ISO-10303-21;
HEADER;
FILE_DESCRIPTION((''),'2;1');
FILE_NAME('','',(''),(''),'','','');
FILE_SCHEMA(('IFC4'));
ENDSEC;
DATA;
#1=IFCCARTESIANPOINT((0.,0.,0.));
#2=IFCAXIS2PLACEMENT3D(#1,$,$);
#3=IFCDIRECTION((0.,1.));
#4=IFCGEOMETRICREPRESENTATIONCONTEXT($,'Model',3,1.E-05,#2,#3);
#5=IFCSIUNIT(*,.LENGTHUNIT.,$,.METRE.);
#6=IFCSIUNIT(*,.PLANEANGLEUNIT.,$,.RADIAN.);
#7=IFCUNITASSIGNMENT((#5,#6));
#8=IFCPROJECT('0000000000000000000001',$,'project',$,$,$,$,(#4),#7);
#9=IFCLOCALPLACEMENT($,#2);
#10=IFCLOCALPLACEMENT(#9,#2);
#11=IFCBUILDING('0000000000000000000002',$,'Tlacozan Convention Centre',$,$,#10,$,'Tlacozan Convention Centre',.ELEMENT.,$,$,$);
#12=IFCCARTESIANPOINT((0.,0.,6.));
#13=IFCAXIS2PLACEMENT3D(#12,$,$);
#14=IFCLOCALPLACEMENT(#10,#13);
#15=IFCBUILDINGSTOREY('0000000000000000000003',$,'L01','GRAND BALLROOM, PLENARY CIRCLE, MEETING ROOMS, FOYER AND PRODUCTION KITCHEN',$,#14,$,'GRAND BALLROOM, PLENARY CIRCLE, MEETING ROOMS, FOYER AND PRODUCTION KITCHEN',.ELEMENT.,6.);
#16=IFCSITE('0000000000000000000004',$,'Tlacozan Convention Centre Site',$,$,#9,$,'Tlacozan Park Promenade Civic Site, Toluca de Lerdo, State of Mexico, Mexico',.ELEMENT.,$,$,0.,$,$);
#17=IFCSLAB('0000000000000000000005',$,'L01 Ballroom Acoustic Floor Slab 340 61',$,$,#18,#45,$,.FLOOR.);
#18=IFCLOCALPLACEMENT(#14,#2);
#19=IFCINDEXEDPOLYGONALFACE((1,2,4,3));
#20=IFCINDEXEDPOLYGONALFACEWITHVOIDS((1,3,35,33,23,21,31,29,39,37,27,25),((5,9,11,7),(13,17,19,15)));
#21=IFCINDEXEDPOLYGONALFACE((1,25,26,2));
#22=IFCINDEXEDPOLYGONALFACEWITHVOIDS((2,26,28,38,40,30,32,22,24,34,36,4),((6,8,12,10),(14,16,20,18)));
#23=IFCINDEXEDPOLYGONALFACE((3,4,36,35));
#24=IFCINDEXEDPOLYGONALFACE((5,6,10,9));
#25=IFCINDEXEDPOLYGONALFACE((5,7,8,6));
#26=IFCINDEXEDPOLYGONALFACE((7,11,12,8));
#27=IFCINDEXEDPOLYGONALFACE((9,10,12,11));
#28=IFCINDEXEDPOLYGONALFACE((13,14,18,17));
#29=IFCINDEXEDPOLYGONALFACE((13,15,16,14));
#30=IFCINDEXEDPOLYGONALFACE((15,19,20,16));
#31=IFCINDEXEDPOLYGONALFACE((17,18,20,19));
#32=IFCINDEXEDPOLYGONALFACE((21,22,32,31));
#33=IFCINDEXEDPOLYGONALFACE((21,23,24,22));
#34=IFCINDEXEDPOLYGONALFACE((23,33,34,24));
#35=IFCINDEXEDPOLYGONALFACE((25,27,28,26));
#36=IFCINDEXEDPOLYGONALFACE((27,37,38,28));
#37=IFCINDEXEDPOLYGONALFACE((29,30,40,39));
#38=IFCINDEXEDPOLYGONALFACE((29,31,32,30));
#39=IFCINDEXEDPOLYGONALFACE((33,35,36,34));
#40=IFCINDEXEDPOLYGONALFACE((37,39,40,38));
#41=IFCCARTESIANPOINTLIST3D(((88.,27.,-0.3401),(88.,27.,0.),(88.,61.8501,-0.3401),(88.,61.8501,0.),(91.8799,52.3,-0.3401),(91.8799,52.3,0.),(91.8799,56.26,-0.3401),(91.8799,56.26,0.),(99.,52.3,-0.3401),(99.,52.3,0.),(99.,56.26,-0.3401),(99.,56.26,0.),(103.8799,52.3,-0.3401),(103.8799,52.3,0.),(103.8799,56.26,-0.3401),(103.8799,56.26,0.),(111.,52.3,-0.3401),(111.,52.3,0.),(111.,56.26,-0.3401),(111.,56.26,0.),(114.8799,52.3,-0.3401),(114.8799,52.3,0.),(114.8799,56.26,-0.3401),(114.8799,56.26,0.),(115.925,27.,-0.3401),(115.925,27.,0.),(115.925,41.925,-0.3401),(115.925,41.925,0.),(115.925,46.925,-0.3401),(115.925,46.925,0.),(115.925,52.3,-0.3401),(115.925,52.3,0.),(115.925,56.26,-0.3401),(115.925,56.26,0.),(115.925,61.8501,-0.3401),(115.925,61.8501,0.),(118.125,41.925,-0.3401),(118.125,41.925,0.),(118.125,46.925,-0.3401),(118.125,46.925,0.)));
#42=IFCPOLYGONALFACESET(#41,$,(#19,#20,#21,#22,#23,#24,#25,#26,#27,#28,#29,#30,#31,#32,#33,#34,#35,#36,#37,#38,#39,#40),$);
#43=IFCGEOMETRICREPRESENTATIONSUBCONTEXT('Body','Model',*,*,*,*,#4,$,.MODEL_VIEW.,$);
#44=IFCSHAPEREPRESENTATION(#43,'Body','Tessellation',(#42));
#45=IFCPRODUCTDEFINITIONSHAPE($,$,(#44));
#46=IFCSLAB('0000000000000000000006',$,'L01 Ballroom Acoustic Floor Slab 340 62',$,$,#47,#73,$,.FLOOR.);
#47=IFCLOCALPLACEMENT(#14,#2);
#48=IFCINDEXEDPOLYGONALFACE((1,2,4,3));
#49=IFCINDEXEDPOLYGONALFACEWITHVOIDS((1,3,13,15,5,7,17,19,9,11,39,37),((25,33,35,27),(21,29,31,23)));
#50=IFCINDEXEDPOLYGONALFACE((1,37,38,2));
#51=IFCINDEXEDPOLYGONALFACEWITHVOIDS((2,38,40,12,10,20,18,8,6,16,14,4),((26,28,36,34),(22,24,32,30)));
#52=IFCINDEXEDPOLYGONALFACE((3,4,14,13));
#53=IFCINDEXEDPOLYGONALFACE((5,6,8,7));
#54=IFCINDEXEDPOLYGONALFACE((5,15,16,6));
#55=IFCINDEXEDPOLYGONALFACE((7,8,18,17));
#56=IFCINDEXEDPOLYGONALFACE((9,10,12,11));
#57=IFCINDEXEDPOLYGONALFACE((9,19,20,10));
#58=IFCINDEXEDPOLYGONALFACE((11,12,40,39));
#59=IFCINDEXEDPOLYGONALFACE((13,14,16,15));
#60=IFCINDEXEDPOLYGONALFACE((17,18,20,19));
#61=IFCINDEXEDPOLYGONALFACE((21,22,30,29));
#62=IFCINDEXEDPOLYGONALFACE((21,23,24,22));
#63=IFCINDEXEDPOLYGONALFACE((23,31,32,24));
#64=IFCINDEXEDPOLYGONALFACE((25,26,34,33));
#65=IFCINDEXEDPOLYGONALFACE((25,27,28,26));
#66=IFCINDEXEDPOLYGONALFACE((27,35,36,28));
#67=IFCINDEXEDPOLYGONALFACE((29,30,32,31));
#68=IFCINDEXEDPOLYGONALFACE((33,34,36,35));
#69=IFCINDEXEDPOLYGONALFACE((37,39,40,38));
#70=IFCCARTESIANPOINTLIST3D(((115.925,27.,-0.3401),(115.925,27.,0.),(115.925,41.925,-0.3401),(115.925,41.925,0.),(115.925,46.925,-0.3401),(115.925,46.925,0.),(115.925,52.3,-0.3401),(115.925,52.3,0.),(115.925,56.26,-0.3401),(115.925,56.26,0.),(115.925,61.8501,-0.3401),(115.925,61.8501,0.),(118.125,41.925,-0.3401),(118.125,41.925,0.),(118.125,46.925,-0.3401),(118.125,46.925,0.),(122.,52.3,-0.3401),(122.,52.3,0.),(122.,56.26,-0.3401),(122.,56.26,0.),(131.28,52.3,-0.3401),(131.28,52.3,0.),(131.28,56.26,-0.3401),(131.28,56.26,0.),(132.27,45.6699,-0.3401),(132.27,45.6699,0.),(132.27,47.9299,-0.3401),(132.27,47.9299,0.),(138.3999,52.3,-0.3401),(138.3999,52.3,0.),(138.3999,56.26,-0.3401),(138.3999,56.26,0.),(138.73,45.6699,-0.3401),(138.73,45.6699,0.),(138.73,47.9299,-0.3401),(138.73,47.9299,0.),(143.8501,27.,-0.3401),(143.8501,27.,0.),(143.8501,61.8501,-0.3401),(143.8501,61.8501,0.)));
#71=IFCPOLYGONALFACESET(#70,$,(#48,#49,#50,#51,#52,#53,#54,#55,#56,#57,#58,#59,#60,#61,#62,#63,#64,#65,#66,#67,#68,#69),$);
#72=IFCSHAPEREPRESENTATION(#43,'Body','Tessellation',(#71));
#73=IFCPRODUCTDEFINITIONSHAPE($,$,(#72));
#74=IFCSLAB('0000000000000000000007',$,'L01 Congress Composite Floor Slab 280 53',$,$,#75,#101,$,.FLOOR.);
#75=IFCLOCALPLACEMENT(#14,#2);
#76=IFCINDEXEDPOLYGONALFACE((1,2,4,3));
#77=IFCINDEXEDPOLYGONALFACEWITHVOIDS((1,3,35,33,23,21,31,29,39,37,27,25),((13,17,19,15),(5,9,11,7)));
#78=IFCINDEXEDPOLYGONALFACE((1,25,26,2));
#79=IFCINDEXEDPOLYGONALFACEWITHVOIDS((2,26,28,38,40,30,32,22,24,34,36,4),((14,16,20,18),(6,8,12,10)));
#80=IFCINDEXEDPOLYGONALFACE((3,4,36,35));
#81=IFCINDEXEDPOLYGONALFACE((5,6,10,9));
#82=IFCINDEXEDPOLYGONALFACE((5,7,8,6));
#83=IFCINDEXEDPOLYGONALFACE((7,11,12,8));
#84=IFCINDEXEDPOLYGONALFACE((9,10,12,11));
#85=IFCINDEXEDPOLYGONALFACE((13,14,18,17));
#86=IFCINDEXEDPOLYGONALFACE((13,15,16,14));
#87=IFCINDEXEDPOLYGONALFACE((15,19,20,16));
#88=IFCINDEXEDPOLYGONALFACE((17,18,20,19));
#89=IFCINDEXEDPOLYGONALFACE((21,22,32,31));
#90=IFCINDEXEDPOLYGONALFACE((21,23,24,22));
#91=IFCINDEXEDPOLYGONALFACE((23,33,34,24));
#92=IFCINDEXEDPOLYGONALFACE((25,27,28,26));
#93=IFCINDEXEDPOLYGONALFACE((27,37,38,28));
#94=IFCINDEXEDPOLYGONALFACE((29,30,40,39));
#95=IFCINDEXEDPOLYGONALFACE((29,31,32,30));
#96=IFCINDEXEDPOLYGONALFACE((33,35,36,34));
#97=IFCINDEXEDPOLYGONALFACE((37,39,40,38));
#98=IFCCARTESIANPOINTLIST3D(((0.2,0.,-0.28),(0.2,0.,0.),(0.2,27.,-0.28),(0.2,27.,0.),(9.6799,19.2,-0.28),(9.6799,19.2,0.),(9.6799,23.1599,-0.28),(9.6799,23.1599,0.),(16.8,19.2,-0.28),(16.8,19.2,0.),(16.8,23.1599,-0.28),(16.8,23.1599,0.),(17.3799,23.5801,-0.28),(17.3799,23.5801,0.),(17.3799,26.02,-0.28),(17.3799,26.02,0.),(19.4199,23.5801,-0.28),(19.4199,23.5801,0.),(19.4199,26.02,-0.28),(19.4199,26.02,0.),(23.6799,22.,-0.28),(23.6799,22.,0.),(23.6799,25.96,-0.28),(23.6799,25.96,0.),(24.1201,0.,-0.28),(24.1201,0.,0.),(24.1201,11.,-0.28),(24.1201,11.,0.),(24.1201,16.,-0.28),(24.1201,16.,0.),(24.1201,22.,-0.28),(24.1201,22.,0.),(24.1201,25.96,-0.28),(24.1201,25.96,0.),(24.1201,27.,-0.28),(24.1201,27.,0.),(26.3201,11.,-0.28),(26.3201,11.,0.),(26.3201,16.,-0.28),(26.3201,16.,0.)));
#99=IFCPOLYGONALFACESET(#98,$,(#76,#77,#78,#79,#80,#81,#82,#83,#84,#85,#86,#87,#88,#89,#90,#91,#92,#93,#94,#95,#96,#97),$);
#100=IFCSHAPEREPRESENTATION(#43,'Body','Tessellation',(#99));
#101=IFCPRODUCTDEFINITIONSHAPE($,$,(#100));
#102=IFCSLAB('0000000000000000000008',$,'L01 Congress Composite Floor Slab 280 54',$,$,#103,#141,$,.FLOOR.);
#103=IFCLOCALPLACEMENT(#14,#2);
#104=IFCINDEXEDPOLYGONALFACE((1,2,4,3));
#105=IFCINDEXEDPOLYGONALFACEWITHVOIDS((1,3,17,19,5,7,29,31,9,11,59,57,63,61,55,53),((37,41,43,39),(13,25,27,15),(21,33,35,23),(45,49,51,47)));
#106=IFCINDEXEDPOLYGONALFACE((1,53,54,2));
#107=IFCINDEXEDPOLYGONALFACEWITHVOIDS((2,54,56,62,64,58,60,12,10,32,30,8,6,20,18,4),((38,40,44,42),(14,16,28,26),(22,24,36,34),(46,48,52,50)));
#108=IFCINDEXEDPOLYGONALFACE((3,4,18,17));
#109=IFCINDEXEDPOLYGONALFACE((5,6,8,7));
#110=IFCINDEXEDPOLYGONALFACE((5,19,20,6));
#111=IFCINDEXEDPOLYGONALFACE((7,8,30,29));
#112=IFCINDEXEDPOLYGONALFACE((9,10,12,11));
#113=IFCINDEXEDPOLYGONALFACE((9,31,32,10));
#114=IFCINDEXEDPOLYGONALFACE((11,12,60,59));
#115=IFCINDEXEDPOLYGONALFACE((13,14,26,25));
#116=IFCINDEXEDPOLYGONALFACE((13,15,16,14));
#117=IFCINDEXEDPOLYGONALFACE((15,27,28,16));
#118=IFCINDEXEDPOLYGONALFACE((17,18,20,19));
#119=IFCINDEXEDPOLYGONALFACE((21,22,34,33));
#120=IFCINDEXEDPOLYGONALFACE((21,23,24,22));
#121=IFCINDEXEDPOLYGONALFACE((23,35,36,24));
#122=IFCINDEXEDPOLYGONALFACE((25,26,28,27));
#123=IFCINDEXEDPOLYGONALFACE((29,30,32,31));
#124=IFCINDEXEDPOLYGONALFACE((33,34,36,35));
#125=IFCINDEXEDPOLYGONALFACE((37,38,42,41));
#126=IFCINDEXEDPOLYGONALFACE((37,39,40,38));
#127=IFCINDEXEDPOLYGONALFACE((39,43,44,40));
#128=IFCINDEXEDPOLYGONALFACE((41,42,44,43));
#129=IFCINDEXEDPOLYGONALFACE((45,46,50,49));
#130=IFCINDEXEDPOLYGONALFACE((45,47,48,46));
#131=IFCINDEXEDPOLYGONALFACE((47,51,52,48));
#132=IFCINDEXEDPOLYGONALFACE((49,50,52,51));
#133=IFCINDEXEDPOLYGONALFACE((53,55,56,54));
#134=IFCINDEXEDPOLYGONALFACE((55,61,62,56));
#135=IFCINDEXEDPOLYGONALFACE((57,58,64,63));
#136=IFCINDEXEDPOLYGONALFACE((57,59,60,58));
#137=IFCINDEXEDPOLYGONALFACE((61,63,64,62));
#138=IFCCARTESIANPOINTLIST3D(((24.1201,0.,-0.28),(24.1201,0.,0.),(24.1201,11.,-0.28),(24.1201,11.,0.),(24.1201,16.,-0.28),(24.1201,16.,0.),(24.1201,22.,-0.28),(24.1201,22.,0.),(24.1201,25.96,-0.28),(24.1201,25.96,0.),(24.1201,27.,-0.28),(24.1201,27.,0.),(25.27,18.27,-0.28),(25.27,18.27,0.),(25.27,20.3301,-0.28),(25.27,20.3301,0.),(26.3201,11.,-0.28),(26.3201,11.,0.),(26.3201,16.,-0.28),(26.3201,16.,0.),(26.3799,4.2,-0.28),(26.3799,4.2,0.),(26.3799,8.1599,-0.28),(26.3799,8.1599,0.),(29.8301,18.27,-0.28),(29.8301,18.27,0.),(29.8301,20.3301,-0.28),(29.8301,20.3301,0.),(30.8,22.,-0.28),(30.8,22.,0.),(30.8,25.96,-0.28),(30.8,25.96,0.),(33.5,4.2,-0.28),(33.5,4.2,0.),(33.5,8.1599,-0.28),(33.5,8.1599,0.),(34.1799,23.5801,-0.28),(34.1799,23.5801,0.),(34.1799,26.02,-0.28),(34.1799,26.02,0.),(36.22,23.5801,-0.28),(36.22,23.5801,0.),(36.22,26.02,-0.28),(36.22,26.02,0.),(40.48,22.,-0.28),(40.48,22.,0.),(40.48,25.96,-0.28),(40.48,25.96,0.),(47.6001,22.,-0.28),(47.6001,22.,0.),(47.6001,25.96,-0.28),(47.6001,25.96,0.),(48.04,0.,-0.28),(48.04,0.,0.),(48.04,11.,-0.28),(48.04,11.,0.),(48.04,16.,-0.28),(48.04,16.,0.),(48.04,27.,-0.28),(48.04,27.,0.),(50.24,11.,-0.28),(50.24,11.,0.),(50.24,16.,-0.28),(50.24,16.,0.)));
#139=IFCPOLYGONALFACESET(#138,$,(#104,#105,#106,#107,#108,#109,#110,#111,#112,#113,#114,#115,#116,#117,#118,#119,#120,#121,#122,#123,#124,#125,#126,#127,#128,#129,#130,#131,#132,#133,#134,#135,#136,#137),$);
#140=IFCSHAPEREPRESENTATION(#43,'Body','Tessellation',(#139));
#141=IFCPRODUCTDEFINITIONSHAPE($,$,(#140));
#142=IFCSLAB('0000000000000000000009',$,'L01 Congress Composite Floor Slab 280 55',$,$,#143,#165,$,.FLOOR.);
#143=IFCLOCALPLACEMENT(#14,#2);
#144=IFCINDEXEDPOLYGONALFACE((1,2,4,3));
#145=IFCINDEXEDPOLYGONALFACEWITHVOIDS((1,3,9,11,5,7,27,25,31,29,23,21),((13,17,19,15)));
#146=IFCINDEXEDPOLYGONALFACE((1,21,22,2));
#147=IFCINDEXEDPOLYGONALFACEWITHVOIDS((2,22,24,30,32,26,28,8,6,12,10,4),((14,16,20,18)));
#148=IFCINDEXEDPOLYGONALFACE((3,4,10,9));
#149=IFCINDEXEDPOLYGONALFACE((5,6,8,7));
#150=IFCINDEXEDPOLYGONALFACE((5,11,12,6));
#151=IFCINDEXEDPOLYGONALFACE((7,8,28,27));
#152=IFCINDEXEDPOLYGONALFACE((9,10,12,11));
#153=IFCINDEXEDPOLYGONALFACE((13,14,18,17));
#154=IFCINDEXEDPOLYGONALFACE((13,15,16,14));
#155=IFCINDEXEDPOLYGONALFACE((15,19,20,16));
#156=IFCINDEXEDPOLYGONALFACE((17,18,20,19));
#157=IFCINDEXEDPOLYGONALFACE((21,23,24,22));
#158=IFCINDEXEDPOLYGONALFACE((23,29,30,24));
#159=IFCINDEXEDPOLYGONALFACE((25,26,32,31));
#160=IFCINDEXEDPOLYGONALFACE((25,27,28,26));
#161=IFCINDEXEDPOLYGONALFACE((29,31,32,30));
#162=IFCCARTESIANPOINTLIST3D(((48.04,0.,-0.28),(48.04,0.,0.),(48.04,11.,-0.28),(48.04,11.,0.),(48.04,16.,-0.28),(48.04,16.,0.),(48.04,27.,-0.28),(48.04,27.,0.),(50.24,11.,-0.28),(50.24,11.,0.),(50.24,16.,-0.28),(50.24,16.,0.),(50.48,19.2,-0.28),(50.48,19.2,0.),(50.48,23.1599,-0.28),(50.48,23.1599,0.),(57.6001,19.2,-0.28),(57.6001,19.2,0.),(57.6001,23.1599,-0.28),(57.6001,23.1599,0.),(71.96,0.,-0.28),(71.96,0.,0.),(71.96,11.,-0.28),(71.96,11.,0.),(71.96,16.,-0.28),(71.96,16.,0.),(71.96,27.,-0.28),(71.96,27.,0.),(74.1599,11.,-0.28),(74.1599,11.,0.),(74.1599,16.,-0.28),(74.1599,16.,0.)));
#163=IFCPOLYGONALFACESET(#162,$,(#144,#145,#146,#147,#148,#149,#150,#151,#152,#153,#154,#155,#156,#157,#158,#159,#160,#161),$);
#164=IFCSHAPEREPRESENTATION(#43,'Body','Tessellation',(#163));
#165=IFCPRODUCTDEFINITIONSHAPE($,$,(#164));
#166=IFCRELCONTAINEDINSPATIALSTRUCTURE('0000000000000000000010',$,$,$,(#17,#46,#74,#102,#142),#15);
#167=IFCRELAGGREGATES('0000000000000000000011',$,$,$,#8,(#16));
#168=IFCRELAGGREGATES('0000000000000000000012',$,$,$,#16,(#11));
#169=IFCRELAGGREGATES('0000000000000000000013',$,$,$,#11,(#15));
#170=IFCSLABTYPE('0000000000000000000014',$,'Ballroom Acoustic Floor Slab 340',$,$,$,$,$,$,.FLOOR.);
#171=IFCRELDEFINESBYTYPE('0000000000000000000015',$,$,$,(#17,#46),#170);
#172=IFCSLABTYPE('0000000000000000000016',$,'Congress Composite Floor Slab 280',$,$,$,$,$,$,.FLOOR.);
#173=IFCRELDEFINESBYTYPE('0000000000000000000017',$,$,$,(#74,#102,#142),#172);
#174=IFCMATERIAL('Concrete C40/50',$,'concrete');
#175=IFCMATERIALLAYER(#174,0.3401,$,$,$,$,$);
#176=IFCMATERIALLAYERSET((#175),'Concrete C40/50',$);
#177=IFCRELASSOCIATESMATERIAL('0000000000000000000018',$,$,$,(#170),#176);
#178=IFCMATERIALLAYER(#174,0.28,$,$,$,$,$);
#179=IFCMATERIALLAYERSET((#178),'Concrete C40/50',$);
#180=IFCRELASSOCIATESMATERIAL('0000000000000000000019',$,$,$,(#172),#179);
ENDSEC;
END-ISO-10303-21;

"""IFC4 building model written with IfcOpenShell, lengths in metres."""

from ifc_helpers import new_model, si_unit, direction, frame, origin, place, context, subcontext, project, spatial, polyline, outline, extrude, material, layer, layer_set, type_object, element, save


model = new_model("IFC4")

# Units and contexts
model_context = context("Model", 3, precision=1e-05, world=origin(), true_north=direction((0.0, 1.0)))
body_context = subcontext(model_context, "Body", "Model", "MODEL_VIEW")
ifc_project = project(units=[si_unit("LENGTHUNIT", "METRE"), si_unit("PLANEANGLEUNIT", "RADIAN")], contexts=[model_context])

# Site, building, storey
site_placement = place(None, origin())
site = spatial("IfcSite", under=ifc_project, at=site_placement, Name="Tlacozan Convention Centre Site", LongName="Tlacozan Park Promenade Civic Site, Toluca de Lerdo, State of Mexico, Mexico", CompositionType="ELEMENT", RefElevation=0.0)
building_placement = place(site_placement, origin())
building = spatial("IfcBuilding", under=site, at=building_placement, Name="Tlacozan Convention Centre", LongName="Tlacozan Convention Centre", CompositionType="ELEMENT")
storey_placement = place(building_placement, frame((0.0, 0.0, 6.0)))
storey = spatial("IfcBuildingStorey", under=building, at=storey_placement, Name="L01", Description="GRAND BALLROOM, PLENARY CIRCLE, MEETING ROOMS, FOYER AND PRODUCTION KITCHEN", LongName="GRAND BALLROOM, PLENARY CIRCLE, MEETING ROOMS, FOYER AND PRODUCTION KITCHEN", CompositionType="ELEMENT", Elevation=6.0)

# Slabs
ifc_material_1 = material(Name="Concrete C40/50", Category="concrete")
ifc_layer_1 = layer(ifc_material_1, 0.3401)
ifc_layer_set_1 = layer_set([ifc_layer_1], Name="Concrete C40/50")
slab_type_1 = type_object("IfcSlabType", Name="Ballroom Acoustic Floor Slab 340", PredefinedType="FLOOR", material=ifc_layer_set_1)
slab_1_placement = place(storey_placement, frame((0.0, 0.0, -0.3401)))
element("IfcSlab", 1, at=slab_1_placement, inside=storey, type_object=slab_type_1, Name="L01 Ballroom Acoustic Floor Slab 340 61", PredefinedType="FLOOR", context=body_context, shape_type="SweptSolid", body=[
    extrude(outline(polyline([(88.0, 27.0), (88.0, 61.8501), (115.925, 61.8501), (115.925, 56.26), (114.8799, 56.26), (114.8799, 52.3), (115.925, 52.3), (115.925, 46.925), (118.125, 46.925), (118.125, 41.925), (115.925, 41.925), (115.925, 27.0), (88.0, 27.0)]), holes=[polyline([(91.8799, 52.3), (99.0, 52.3), (99.0, 56.26), (91.8799, 56.26), (91.8799, 52.3)]), polyline([(103.8799, 52.3), (111.0, 52.3), (111.0, 56.26), (103.8799, 56.26), (103.8799, 52.3)])]), origin(), (0.0, 0.0, 1.0), 0.3401),
])
slab_2_placement = place(storey_placement, frame((0.0, 0.0, -0.3401)))
element("IfcSlab", 2, at=slab_2_placement, inside=storey, type_object=slab_type_1, Name="L01 Ballroom Acoustic Floor Slab 340 62", PredefinedType="FLOOR", context=body_context, shape_type="SweptSolid", body=[
    extrude(outline(polyline([(143.8501, 61.8501), (143.8501, 27.0), (115.925, 27.0), (115.925, 41.925), (118.125, 41.925), (118.125, 46.925), (115.925, 46.925), (115.925, 52.3), (122.0, 52.3), (122.0, 56.26), (115.925, 56.26), (115.925, 61.8501), (143.8501, 61.8501)]), holes=[polyline([(138.73, 47.9299), (132.27, 47.9299), (132.27, 45.6699), (138.73, 45.6699), (138.73, 47.9299)]), polyline([(131.28, 52.3), (138.3999, 52.3), (138.3999, 56.26), (131.28, 56.26), (131.28, 52.3)])]), origin(), (0.0, 0.0, 1.0), 0.3401),
])
ifc_layer_2 = layer(ifc_material_1, 0.28)
ifc_layer_set_2 = layer_set([ifc_layer_2], Name="Concrete C40/50")
slab_type_2 = type_object("IfcSlabType", Name="Congress Composite Floor Slab 280", PredefinedType="FLOOR", material=ifc_layer_set_2)
slab_3_placement = place(storey_placement, frame((0.0, 0.0, -0.28)))
element("IfcSlab", 3, at=slab_3_placement, inside=storey, type_object=slab_type_2, Name="L01 Congress Composite Floor Slab 280 53", PredefinedType="FLOOR", context=body_context, shape_type="SweptSolid", body=[
    extrude(outline(polyline([(0.2, 0.0), (0.2, 27.0), (24.1201, 27.0), (24.1201, 25.96), (23.6799, 25.96), (23.6799, 22.0), (24.1201, 22.0), (24.1201, 16.0), (26.3201, 16.0), (26.3201, 11.0), (24.1201, 11.0), (24.1201, 0.0), (0.2, 0.0)]), holes=[polyline([(9.6799, 19.2), (16.8, 19.2), (16.8, 23.1599), (9.6799, 23.1599), (9.6799, 19.2)]), polyline([(19.4199, 26.02), (17.3799, 26.02), (17.3799, 23.5801), (19.4199, 23.5801), (19.4199, 26.02)])]), origin(), (0.0, 0.0, 1.0), 0.28),
])
slab_4_placement = place(storey_placement, frame((0.0, 0.0, -0.28)))
element("IfcSlab", 4, at=slab_4_placement, inside=storey, type_object=slab_type_2, Name="L01 Congress Composite Floor Slab 280 54", PredefinedType="FLOOR", context=body_context, shape_type="SweptSolid", body=[
    extrude(outline(polyline([(24.1201, 11.0), (26.3201, 11.0), (26.3201, 16.0), (24.1201, 16.0), (24.1201, 22.0), (30.8, 22.0), (30.8, 25.96), (24.1201, 25.96), (24.1201, 27.0), (48.04, 27.0), (48.04, 16.0), (50.24, 16.0), (50.24, 11.0), (48.04, 11.0), (48.04, 0.0), (24.1201, 0.0), (24.1201, 11.0)]), holes=[polyline([(33.5, 4.2), (33.5, 8.1599), (26.3799, 8.1599), (26.3799, 4.2), (33.5, 4.2)]), polyline([(29.8301, 18.27), (29.8301, 20.3301), (25.27, 20.3301), (25.27, 18.27), (29.8301, 18.27)]), polyline([(40.48, 22.0), (47.6001, 22.0), (47.6001, 25.96), (40.48, 25.96), (40.48, 22.0)]), polyline([(36.22, 23.5801), (36.22, 26.02), (34.1799, 26.02), (34.1799, 23.5801), (36.22, 23.5801)])]), origin(), (0.0, 0.0, 1.0), 0.28),
])
slab_5_placement = place(storey_placement, frame((0.0, 0.0, -0.28)))
element("IfcSlab", 5, at=slab_5_placement, inside=storey, type_object=slab_type_2, Name="L01 Congress Composite Floor Slab 280 55", PredefinedType="FLOOR", context=body_context, shape_type="SweptSolid", body=[
    extrude(outline(polyline([(48.04, 11.0), (50.24, 11.0), (50.24, 16.0), (48.04, 16.0), (48.04, 27.0), (71.96, 27.0), (71.96, 16.0), (74.1599, 16.0), (74.1599, 11.0), (71.96, 11.0), (71.96, 0.0), (48.04, 0.0), (48.04, 11.0)]), holes=[polyline([(57.6001, 19.2), (57.6001, 23.1599), (50.48, 23.1599), (50.48, 19.2), (57.6001, 19.2)])]), origin(), (0.0, 0.0, 1.0), 0.28),
])

save(model, "model.ifc")
